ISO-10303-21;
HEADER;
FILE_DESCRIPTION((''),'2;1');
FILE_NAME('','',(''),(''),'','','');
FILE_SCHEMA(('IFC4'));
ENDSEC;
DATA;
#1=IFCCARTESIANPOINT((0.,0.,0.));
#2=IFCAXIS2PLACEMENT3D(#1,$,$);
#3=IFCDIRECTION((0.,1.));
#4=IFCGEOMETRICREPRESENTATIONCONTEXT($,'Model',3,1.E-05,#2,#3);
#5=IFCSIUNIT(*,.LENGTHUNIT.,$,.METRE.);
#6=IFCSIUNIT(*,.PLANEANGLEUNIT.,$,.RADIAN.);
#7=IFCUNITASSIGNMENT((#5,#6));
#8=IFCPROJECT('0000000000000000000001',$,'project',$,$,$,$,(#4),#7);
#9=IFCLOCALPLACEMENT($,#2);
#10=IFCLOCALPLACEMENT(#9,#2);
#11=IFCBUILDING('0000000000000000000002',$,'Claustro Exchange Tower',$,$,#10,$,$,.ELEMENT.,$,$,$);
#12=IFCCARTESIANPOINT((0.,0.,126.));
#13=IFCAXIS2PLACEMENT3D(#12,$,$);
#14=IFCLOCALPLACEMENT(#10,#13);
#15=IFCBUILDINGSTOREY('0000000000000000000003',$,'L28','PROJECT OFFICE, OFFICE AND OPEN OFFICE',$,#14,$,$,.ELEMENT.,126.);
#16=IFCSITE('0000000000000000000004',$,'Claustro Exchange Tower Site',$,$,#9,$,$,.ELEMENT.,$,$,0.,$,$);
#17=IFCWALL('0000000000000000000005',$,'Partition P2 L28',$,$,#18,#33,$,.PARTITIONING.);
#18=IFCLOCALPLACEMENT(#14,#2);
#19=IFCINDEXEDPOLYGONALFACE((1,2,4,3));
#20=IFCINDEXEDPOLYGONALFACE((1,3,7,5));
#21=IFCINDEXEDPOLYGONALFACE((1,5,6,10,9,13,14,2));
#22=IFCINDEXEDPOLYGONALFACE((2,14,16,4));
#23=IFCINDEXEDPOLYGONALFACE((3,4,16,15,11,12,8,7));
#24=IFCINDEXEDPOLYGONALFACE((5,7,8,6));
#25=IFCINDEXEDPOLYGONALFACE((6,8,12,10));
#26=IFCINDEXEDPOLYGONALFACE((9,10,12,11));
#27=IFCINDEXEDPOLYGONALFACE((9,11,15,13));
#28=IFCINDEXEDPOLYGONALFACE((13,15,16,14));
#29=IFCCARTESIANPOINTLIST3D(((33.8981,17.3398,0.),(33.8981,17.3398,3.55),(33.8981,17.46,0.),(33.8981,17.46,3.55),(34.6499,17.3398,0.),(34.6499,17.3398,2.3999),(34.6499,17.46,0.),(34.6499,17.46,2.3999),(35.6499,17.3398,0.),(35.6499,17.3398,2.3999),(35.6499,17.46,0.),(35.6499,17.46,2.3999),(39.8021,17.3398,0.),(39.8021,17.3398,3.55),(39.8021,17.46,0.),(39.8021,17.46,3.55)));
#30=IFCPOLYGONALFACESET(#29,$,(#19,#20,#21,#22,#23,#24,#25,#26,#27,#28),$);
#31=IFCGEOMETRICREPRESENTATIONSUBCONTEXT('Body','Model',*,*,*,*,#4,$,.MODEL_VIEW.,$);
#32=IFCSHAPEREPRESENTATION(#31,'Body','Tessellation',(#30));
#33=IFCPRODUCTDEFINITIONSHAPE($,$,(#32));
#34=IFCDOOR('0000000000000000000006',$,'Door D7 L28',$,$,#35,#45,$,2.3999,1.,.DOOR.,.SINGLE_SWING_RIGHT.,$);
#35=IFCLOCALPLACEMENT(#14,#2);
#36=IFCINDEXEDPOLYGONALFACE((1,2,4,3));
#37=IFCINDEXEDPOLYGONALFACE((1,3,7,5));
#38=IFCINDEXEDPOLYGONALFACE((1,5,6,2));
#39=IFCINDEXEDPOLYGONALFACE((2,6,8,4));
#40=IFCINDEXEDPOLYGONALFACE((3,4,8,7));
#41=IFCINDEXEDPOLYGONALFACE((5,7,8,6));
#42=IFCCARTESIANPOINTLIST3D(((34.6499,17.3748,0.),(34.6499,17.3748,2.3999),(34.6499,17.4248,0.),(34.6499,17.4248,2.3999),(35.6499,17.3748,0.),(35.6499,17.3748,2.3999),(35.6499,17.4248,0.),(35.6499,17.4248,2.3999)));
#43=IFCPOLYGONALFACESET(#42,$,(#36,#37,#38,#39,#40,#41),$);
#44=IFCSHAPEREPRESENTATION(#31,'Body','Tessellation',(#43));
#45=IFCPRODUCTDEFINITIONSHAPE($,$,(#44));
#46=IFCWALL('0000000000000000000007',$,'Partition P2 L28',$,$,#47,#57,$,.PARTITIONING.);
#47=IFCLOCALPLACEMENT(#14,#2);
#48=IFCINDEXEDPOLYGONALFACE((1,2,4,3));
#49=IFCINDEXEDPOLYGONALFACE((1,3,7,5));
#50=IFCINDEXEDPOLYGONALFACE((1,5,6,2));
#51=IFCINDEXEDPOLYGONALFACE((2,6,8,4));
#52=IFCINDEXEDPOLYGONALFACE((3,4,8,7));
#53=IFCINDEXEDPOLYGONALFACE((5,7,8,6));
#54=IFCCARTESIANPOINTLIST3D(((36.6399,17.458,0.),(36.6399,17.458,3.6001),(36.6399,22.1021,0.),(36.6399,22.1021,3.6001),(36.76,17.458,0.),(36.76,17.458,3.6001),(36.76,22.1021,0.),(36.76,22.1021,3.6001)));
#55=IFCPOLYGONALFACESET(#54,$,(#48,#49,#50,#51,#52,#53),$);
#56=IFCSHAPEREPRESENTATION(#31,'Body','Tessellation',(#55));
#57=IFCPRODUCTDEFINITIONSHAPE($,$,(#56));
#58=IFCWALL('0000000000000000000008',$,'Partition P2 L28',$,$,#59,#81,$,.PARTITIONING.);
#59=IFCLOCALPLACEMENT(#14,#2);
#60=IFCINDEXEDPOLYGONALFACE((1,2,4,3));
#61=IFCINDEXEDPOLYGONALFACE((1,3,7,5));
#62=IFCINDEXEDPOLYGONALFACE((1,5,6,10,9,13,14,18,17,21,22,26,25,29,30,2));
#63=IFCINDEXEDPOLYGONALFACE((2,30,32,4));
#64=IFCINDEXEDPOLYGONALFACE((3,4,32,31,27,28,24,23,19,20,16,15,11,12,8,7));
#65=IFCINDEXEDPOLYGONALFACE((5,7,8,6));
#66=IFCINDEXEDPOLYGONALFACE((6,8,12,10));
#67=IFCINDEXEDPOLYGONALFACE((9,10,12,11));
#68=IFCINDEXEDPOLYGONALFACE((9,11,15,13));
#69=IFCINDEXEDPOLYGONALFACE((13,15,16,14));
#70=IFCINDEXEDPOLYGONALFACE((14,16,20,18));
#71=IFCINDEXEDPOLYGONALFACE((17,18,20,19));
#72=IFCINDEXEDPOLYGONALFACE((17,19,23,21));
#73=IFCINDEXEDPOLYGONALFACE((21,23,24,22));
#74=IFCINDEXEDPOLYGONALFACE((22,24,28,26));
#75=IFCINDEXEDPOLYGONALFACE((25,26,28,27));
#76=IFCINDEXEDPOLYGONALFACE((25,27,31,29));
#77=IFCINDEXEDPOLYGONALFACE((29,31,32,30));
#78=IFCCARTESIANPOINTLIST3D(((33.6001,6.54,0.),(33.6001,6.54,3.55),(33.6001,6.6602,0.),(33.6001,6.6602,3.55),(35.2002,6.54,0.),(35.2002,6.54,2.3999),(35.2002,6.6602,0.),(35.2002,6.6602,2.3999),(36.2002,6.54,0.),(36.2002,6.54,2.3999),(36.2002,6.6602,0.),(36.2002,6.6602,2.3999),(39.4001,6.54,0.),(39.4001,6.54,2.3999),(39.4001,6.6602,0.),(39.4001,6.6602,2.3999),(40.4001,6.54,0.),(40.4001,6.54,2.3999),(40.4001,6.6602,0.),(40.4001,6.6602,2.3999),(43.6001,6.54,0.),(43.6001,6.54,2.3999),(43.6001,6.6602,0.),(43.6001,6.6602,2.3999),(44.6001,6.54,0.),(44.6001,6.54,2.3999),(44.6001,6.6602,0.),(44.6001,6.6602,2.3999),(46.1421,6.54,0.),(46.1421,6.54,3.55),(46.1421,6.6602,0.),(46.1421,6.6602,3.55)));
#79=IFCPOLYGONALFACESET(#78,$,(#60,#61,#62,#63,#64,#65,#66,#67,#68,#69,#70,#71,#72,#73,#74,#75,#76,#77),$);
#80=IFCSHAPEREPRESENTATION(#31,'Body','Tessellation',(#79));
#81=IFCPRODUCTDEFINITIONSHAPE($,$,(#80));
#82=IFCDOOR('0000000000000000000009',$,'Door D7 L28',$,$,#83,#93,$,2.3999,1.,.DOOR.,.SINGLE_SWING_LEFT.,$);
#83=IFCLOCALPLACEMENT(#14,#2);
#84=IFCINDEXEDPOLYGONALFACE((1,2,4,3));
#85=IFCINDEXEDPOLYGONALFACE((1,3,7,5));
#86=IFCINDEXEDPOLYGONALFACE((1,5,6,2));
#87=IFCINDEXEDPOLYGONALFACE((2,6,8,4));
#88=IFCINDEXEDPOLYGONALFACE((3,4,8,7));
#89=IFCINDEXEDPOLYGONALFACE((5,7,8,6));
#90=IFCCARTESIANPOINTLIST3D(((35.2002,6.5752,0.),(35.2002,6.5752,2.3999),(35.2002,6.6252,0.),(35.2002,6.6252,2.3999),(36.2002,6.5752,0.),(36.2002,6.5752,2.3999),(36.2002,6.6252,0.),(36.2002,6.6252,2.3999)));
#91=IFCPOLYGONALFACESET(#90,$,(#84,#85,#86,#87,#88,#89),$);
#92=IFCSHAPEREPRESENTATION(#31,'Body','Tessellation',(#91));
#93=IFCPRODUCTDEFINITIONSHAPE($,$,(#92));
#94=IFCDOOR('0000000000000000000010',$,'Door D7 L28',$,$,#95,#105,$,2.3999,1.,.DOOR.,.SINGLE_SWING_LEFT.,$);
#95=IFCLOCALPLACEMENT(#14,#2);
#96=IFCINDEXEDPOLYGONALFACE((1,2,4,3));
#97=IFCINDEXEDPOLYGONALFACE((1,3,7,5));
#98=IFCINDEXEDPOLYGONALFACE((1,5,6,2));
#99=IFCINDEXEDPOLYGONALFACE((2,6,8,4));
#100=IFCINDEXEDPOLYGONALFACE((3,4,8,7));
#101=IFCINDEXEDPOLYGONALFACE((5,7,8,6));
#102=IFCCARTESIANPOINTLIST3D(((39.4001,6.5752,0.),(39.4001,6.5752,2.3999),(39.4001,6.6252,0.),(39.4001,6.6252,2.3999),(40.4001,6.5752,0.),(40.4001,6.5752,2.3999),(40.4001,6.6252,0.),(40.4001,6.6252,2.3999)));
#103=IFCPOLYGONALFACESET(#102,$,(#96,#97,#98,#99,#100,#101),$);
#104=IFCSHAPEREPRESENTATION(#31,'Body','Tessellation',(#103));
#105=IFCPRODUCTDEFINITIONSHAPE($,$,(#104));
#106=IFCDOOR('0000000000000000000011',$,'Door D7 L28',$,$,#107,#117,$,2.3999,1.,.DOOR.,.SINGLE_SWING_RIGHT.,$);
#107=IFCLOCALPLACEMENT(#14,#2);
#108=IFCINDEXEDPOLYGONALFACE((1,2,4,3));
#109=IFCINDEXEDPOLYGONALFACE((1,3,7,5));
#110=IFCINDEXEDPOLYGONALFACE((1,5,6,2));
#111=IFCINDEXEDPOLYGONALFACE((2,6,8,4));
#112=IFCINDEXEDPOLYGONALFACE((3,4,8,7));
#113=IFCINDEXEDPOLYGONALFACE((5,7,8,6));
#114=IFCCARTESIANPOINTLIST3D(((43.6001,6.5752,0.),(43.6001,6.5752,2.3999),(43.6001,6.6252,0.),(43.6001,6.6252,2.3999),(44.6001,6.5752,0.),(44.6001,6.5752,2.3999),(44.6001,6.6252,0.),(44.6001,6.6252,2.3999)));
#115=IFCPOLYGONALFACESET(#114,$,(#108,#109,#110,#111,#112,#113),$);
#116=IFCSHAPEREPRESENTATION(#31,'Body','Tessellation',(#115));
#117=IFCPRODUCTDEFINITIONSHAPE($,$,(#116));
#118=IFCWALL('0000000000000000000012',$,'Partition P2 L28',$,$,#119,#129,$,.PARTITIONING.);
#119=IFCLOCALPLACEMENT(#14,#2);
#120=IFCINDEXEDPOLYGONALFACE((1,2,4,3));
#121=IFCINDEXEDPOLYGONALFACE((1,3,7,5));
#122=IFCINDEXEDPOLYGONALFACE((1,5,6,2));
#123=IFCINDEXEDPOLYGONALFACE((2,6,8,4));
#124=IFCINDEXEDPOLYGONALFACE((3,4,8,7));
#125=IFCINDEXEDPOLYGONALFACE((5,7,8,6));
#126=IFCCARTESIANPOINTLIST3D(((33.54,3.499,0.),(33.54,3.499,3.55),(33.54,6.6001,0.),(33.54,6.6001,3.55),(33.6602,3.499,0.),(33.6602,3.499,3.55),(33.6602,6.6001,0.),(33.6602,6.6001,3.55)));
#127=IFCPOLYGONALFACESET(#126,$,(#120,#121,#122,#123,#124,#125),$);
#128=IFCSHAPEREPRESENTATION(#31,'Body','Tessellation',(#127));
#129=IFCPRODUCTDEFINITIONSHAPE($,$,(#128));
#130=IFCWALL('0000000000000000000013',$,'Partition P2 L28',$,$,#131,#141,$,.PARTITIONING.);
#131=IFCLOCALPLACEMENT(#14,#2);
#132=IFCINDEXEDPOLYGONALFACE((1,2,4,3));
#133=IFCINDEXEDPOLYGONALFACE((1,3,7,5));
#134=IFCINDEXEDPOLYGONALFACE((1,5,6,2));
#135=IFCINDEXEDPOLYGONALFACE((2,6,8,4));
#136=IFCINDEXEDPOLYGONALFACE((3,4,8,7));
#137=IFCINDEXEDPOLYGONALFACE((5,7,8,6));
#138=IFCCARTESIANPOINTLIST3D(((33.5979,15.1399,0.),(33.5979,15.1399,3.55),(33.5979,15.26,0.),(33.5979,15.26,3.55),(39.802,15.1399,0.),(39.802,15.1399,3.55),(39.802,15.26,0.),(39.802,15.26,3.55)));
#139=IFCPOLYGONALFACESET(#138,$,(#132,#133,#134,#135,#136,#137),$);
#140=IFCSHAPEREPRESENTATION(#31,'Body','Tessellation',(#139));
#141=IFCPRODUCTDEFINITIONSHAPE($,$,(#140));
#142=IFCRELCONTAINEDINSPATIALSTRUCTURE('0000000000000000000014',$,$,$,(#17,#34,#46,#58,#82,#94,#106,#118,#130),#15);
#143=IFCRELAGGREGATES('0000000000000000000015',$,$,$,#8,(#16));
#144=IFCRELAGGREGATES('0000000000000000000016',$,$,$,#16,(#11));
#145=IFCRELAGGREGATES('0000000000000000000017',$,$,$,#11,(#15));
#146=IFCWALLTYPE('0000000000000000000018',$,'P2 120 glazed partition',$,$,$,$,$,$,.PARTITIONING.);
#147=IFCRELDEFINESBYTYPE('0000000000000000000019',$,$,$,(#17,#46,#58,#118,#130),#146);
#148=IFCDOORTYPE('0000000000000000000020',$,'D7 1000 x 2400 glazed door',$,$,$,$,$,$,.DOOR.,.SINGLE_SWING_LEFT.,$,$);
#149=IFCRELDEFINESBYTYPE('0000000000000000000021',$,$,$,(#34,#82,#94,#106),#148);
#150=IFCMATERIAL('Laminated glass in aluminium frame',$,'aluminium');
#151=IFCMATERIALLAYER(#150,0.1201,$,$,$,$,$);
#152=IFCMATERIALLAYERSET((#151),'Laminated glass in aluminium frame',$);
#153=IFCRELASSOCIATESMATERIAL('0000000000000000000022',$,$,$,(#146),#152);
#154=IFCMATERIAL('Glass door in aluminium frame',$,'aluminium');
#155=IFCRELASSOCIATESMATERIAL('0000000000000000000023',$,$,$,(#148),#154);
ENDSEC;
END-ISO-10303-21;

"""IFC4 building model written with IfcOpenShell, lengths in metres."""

from ifc_helpers import new_model, si_unit, direction, frame, frame_2d, origin, place, context, subcontext, project, spatial, rectangle, extrude, material, layer, layer_set, type_object, element, fill, save


model = new_model("IFC4")

# Units and contexts
model_context = context("Model", 3, precision=1e-05, world=origin(), true_north=direction((0.0, 1.0)))
body_context = subcontext(model_context, "Body", "Model", "MODEL_VIEW")
ifc_project = project(units=[si_unit("LENGTHUNIT", "METRE"), si_unit("PLANEANGLEUNIT", "RADIAN")], contexts=[model_context])

# Site, building, storey
site_placement = place(None, origin())
site = spatial("IfcSite", under=ifc_project, at=site_placement, Name="Claustro Exchange Tower Site", CompositionType="ELEMENT", RefElevation=0.0)
building_placement = place(site_placement, origin())
building = spatial("IfcBuilding", under=site, at=building_placement, Name="Claustro Exchange Tower", CompositionType="ELEMENT")
storey_placement = place(building_placement, frame((0.0, 0.0, 126.0)))
storey = spatial("IfcBuildingStorey", under=building, at=storey_placement, Name="L28", Description="PROJECT OFFICE, OFFICE AND OPEN OFFICE", CompositionType="ELEMENT", Elevation=126.0)

# Wall, opening, door
ifc_material_1 = material(Name="Laminated glass in aluminium frame", Category="aluminium")
ifc_layer_1 = layer(ifc_material_1, 0.1201)
ifc_layer_set_1 = layer_set([ifc_layer_1], Name="Laminated glass in aluminium frame")
wall_type_1 = type_object("IfcWallType", Name="P2 120 glazed partition", PredefinedType="PARTITIONING", material=ifc_layer_set_1)
wall_1_placement = place(storey_placement, frame((33.8979, 17.3999, 0.0), z_axis=(0.0, 0.0, 1.0), x_axis=(1.0, 0.0, 0.0)))
wall_1 = element("IfcWall", 1, at=wall_1_placement, inside=storey, type_object=wall_type_1, Name="Partition P2 L28", PredefinedType="PARTITIONING", context=body_context, shape_type="SweptSolid", body=[
    extrude(rectangle(XDim=5.9041, YDim=0.1201, at=frame_2d((2.9521, 0.0))), origin(), (0.0, 0.0, 1.0), 3.55),
])
opening_1_placement = place(wall_1_placement, frame((0.752, 0.0, 0.0)))
opening_1 = element("IfcOpeningElement", 2, at=opening_1_placement, cuts=wall_1, PredefinedType="OPENING", context=body_context, shape_type="SweptSolid", body=[
    extrude(rectangle(XDim=1.0, YDim=2.3999, at=frame_2d((0.5, 1.2))), frame((0.0, 0.0701, 0.0), z_axis=(0.0, -1.0, 0.0), x_axis=(1.0, 0.0, 0.0)), (0.0, 0.0, 1.0), 0.1401),
])
ifc_material_2 = material(Name="Glass door in aluminium frame", Category="aluminium")
door_type_1 = type_object("IfcDoorType", Name="D7 1000 x 2400 glazed door", OperationType="SINGLE_SWING_LEFT", PredefinedType="DOOR", material=ifc_material_2)
door_1_placement = place(opening_1_placement, origin())
door_1 = element("IfcDoor", 3, at=door_1_placement, inside=storey, type_object=door_type_1, Name="Door D7 L28", OperationType="SINGLE_SWING_RIGHT", OverallHeight=2.3999, OverallWidth=1.0, PredefinedType="DOOR", context=body_context, shape_type="SweptSolid", body=[
    extrude(rectangle(XDim=1.0, YDim=2.3999, at=frame_2d((0.5, 1.2))), frame((0.0, 0.0249, 0.0), z_axis=(0.0, -1.0, 0.0), x_axis=(1.0, 0.0, 0.0)), (0.0, 0.0, 1.0), 0.05),
])
fill(opening_1, door_1)

# Wall
wall_2_placement = place(storey_placement, frame((36.7, 17.458, 0.0), z_axis=(0.0, 0.0, 1.0), x_axis=(0.0, 1.0, 0.0)))
element("IfcWall", 4, at=wall_2_placement, inside=storey, type_object=wall_type_1, Name="Partition P2 L28", PredefinedType="PARTITIONING", context=body_context, shape_type="SweptSolid", body=[
    extrude(rectangle(XDim=4.644, YDim=0.1201, at=frame_2d((2.322, 0.0))), origin(), (0.0, 0.0, 1.0), 3.6001),
])

# Wall, openings, doors
wall_3_placement = place(storey_placement, frame((33.6001, 6.6001, 0.0), z_axis=(0.0, 0.0, 1.0), x_axis=(1.0, 0.0, 0.0)))
wall_3 = element("IfcWall", 5, at=wall_3_placement, inside=storey, type_object=wall_type_1, Name="Partition P2 L28", PredefinedType="PARTITIONING", context=body_context, shape_type="SweptSolid", body=[
    extrude(rectangle(XDim=12.542, YDim=0.1201, at=frame_2d((6.271, 0.0))), origin(), (0.0, 0.0, 1.0), 3.55),
])
opening_2_placement = place(wall_3_placement, frame((1.6001, 0.0, 0.0)))
opening_2 = element("IfcOpeningElement", 6, at=opening_2_placement, cuts=wall_3, PredefinedType="OPENING", context=body_context, shape_type="SweptSolid", body=[
    extrude(rectangle(XDim=1.0, YDim=2.3999, at=frame_2d((0.5, 1.2))), frame((0.0, 0.0701, 0.0), z_axis=(0.0, -1.0, 0.0), x_axis=(1.0, 0.0, 0.0)), (0.0, 0.0, 1.0), 0.1401),
])
opening_3_placement = place(wall_3_placement, frame((5.8, 0.0, 0.0)))
opening_3 = element("IfcOpeningElement", 7, at=opening_3_placement, cuts=wall_3, PredefinedType="OPENING", context=body_context, shape_type="SweptSolid", body=[
    extrude(rectangle(XDim=1.0, YDim=2.3999, at=frame_2d((0.5, 1.2))), frame((0.0, 0.0701, 0.0), z_axis=(0.0, -1.0, 0.0), x_axis=(1.0, 0.0, 0.0)), (0.0, 0.0, 1.0), 0.1401),
])
opening_4_placement = place(wall_3_placement, frame((10.0, 0.0, 0.0)))
opening_4 = element("IfcOpeningElement", 8, at=opening_4_placement, cuts=wall_3, PredefinedType="OPENING", context=body_context, shape_type="SweptSolid", body=[
    extrude(rectangle(XDim=1.0, YDim=2.3999, at=frame_2d((0.5, 1.2))), frame((0.0, 0.0701, 0.0), z_axis=(0.0, -1.0, 0.0), x_axis=(1.0, 0.0, 0.0)), (0.0, 0.0, 1.0), 0.1401),
])
door_2_placement = place(opening_2_placement, frame((1.0, 0.0, 0.0), z_axis=(0.0, 0.0, 1.0), x_axis=(-1.0, 0.0, 0.0)))
door_2 = element("IfcDoor", 9, at=door_2_placement, inside=storey, type_object=door_type_1, Name="Door D7 L28", OperationType="SINGLE_SWING_LEFT", OverallHeight=2.3999, OverallWidth=1.0, PredefinedType="DOOR", context=body_context, shape_type="SweptSolid", body=[
    extrude(rectangle(XDim=1.0, YDim=2.3999, at=frame_2d((0.5, 1.2))), frame((0.0, 0.0249, 0.0), z_axis=(0.0, -1.0, 0.0), x_axis=(1.0, 0.0, 0.0)), (0.0, 0.0, 1.0), 0.05),
])
fill(opening_2, door_2)
door_3_placement = place(opening_3_placement, frame((1.0, 0.0, 0.0), z_axis=(0.0, 0.0, 1.0), x_axis=(-1.0, 0.0, 0.0)))
door_3 = element("IfcDoor", 10, at=door_3_placement, inside=storey, type_object=door_type_1, Name="Door D7 L28", OperationType="SINGLE_SWING_LEFT", OverallHeight=2.3999, OverallWidth=1.0, PredefinedType="DOOR", context=body_context, shape_type="SweptSolid", body=[
    extrude(rectangle(XDim=1.0, YDim=2.3999, at=frame_2d((0.5, 1.2))), frame((0.0, 0.0249, 0.0), z_axis=(0.0, -1.0, 0.0), x_axis=(1.0, 0.0, 0.0)), (0.0, 0.0, 1.0), 0.05),
])
fill(opening_3, door_3)
door_4_placement = place(opening_4_placement, frame((1.0, 0.0, 0.0), z_axis=(0.0, 0.0, 1.0), x_axis=(-1.0, 0.0, 0.0)))
door_4 = element("IfcDoor", 11, at=door_4_placement, inside=storey, type_object=door_type_1, Name="Door D7 L28", OperationType="SINGLE_SWING_RIGHT", OverallHeight=2.3999, OverallWidth=1.0, PredefinedType="DOOR", context=body_context, shape_type="SweptSolid", body=[
    extrude(rectangle(XDim=1.0, YDim=2.3999, at=frame_2d((0.5, 1.2))), frame((0.0, 0.0249, 0.0), z_axis=(0.0, -1.0, 0.0), x_axis=(1.0, 0.0, 0.0)), (0.0, 0.0, 1.0), 0.05),
])
fill(opening_4, door_4)

# Walls
wall_4_placement = place(storey_placement, frame((33.6001, 3.499, 0.0), z_axis=(0.0, 0.0, 1.0), x_axis=(0.0, 1.0, 0.0)))
element("IfcWall", 12, at=wall_4_placement, inside=storey, type_object=wall_type_1, Name="Partition P2 L28", PredefinedType="PARTITIONING", context=body_context, shape_type="SweptSolid", body=[
    extrude(rectangle(XDim=3.1011, YDim=0.1201, at=frame_2d((1.5505, 0.0))), origin(), (0.0, 0.0, 1.0), 3.55),
])
wall_5_placement = place(storey_placement, frame((33.5979, 15.2, 0.0), z_axis=(0.0, 0.0, 1.0), x_axis=(1.0, 0.0, 0.0)))
element("IfcWall", 13, at=wall_5_placement, inside=storey, type_object=wall_type_1, Name="Partition P2 L28", PredefinedType="PARTITIONING", context=body_context, shape_type="SweptSolid", body=[
    extrude(rectangle(XDim=6.2041, YDim=0.1201, at=frame_2d((3.1021, 0.0))), origin(), (0.0, 0.0, 1.0), 3.55),
])

save(model, "model.ifc")
